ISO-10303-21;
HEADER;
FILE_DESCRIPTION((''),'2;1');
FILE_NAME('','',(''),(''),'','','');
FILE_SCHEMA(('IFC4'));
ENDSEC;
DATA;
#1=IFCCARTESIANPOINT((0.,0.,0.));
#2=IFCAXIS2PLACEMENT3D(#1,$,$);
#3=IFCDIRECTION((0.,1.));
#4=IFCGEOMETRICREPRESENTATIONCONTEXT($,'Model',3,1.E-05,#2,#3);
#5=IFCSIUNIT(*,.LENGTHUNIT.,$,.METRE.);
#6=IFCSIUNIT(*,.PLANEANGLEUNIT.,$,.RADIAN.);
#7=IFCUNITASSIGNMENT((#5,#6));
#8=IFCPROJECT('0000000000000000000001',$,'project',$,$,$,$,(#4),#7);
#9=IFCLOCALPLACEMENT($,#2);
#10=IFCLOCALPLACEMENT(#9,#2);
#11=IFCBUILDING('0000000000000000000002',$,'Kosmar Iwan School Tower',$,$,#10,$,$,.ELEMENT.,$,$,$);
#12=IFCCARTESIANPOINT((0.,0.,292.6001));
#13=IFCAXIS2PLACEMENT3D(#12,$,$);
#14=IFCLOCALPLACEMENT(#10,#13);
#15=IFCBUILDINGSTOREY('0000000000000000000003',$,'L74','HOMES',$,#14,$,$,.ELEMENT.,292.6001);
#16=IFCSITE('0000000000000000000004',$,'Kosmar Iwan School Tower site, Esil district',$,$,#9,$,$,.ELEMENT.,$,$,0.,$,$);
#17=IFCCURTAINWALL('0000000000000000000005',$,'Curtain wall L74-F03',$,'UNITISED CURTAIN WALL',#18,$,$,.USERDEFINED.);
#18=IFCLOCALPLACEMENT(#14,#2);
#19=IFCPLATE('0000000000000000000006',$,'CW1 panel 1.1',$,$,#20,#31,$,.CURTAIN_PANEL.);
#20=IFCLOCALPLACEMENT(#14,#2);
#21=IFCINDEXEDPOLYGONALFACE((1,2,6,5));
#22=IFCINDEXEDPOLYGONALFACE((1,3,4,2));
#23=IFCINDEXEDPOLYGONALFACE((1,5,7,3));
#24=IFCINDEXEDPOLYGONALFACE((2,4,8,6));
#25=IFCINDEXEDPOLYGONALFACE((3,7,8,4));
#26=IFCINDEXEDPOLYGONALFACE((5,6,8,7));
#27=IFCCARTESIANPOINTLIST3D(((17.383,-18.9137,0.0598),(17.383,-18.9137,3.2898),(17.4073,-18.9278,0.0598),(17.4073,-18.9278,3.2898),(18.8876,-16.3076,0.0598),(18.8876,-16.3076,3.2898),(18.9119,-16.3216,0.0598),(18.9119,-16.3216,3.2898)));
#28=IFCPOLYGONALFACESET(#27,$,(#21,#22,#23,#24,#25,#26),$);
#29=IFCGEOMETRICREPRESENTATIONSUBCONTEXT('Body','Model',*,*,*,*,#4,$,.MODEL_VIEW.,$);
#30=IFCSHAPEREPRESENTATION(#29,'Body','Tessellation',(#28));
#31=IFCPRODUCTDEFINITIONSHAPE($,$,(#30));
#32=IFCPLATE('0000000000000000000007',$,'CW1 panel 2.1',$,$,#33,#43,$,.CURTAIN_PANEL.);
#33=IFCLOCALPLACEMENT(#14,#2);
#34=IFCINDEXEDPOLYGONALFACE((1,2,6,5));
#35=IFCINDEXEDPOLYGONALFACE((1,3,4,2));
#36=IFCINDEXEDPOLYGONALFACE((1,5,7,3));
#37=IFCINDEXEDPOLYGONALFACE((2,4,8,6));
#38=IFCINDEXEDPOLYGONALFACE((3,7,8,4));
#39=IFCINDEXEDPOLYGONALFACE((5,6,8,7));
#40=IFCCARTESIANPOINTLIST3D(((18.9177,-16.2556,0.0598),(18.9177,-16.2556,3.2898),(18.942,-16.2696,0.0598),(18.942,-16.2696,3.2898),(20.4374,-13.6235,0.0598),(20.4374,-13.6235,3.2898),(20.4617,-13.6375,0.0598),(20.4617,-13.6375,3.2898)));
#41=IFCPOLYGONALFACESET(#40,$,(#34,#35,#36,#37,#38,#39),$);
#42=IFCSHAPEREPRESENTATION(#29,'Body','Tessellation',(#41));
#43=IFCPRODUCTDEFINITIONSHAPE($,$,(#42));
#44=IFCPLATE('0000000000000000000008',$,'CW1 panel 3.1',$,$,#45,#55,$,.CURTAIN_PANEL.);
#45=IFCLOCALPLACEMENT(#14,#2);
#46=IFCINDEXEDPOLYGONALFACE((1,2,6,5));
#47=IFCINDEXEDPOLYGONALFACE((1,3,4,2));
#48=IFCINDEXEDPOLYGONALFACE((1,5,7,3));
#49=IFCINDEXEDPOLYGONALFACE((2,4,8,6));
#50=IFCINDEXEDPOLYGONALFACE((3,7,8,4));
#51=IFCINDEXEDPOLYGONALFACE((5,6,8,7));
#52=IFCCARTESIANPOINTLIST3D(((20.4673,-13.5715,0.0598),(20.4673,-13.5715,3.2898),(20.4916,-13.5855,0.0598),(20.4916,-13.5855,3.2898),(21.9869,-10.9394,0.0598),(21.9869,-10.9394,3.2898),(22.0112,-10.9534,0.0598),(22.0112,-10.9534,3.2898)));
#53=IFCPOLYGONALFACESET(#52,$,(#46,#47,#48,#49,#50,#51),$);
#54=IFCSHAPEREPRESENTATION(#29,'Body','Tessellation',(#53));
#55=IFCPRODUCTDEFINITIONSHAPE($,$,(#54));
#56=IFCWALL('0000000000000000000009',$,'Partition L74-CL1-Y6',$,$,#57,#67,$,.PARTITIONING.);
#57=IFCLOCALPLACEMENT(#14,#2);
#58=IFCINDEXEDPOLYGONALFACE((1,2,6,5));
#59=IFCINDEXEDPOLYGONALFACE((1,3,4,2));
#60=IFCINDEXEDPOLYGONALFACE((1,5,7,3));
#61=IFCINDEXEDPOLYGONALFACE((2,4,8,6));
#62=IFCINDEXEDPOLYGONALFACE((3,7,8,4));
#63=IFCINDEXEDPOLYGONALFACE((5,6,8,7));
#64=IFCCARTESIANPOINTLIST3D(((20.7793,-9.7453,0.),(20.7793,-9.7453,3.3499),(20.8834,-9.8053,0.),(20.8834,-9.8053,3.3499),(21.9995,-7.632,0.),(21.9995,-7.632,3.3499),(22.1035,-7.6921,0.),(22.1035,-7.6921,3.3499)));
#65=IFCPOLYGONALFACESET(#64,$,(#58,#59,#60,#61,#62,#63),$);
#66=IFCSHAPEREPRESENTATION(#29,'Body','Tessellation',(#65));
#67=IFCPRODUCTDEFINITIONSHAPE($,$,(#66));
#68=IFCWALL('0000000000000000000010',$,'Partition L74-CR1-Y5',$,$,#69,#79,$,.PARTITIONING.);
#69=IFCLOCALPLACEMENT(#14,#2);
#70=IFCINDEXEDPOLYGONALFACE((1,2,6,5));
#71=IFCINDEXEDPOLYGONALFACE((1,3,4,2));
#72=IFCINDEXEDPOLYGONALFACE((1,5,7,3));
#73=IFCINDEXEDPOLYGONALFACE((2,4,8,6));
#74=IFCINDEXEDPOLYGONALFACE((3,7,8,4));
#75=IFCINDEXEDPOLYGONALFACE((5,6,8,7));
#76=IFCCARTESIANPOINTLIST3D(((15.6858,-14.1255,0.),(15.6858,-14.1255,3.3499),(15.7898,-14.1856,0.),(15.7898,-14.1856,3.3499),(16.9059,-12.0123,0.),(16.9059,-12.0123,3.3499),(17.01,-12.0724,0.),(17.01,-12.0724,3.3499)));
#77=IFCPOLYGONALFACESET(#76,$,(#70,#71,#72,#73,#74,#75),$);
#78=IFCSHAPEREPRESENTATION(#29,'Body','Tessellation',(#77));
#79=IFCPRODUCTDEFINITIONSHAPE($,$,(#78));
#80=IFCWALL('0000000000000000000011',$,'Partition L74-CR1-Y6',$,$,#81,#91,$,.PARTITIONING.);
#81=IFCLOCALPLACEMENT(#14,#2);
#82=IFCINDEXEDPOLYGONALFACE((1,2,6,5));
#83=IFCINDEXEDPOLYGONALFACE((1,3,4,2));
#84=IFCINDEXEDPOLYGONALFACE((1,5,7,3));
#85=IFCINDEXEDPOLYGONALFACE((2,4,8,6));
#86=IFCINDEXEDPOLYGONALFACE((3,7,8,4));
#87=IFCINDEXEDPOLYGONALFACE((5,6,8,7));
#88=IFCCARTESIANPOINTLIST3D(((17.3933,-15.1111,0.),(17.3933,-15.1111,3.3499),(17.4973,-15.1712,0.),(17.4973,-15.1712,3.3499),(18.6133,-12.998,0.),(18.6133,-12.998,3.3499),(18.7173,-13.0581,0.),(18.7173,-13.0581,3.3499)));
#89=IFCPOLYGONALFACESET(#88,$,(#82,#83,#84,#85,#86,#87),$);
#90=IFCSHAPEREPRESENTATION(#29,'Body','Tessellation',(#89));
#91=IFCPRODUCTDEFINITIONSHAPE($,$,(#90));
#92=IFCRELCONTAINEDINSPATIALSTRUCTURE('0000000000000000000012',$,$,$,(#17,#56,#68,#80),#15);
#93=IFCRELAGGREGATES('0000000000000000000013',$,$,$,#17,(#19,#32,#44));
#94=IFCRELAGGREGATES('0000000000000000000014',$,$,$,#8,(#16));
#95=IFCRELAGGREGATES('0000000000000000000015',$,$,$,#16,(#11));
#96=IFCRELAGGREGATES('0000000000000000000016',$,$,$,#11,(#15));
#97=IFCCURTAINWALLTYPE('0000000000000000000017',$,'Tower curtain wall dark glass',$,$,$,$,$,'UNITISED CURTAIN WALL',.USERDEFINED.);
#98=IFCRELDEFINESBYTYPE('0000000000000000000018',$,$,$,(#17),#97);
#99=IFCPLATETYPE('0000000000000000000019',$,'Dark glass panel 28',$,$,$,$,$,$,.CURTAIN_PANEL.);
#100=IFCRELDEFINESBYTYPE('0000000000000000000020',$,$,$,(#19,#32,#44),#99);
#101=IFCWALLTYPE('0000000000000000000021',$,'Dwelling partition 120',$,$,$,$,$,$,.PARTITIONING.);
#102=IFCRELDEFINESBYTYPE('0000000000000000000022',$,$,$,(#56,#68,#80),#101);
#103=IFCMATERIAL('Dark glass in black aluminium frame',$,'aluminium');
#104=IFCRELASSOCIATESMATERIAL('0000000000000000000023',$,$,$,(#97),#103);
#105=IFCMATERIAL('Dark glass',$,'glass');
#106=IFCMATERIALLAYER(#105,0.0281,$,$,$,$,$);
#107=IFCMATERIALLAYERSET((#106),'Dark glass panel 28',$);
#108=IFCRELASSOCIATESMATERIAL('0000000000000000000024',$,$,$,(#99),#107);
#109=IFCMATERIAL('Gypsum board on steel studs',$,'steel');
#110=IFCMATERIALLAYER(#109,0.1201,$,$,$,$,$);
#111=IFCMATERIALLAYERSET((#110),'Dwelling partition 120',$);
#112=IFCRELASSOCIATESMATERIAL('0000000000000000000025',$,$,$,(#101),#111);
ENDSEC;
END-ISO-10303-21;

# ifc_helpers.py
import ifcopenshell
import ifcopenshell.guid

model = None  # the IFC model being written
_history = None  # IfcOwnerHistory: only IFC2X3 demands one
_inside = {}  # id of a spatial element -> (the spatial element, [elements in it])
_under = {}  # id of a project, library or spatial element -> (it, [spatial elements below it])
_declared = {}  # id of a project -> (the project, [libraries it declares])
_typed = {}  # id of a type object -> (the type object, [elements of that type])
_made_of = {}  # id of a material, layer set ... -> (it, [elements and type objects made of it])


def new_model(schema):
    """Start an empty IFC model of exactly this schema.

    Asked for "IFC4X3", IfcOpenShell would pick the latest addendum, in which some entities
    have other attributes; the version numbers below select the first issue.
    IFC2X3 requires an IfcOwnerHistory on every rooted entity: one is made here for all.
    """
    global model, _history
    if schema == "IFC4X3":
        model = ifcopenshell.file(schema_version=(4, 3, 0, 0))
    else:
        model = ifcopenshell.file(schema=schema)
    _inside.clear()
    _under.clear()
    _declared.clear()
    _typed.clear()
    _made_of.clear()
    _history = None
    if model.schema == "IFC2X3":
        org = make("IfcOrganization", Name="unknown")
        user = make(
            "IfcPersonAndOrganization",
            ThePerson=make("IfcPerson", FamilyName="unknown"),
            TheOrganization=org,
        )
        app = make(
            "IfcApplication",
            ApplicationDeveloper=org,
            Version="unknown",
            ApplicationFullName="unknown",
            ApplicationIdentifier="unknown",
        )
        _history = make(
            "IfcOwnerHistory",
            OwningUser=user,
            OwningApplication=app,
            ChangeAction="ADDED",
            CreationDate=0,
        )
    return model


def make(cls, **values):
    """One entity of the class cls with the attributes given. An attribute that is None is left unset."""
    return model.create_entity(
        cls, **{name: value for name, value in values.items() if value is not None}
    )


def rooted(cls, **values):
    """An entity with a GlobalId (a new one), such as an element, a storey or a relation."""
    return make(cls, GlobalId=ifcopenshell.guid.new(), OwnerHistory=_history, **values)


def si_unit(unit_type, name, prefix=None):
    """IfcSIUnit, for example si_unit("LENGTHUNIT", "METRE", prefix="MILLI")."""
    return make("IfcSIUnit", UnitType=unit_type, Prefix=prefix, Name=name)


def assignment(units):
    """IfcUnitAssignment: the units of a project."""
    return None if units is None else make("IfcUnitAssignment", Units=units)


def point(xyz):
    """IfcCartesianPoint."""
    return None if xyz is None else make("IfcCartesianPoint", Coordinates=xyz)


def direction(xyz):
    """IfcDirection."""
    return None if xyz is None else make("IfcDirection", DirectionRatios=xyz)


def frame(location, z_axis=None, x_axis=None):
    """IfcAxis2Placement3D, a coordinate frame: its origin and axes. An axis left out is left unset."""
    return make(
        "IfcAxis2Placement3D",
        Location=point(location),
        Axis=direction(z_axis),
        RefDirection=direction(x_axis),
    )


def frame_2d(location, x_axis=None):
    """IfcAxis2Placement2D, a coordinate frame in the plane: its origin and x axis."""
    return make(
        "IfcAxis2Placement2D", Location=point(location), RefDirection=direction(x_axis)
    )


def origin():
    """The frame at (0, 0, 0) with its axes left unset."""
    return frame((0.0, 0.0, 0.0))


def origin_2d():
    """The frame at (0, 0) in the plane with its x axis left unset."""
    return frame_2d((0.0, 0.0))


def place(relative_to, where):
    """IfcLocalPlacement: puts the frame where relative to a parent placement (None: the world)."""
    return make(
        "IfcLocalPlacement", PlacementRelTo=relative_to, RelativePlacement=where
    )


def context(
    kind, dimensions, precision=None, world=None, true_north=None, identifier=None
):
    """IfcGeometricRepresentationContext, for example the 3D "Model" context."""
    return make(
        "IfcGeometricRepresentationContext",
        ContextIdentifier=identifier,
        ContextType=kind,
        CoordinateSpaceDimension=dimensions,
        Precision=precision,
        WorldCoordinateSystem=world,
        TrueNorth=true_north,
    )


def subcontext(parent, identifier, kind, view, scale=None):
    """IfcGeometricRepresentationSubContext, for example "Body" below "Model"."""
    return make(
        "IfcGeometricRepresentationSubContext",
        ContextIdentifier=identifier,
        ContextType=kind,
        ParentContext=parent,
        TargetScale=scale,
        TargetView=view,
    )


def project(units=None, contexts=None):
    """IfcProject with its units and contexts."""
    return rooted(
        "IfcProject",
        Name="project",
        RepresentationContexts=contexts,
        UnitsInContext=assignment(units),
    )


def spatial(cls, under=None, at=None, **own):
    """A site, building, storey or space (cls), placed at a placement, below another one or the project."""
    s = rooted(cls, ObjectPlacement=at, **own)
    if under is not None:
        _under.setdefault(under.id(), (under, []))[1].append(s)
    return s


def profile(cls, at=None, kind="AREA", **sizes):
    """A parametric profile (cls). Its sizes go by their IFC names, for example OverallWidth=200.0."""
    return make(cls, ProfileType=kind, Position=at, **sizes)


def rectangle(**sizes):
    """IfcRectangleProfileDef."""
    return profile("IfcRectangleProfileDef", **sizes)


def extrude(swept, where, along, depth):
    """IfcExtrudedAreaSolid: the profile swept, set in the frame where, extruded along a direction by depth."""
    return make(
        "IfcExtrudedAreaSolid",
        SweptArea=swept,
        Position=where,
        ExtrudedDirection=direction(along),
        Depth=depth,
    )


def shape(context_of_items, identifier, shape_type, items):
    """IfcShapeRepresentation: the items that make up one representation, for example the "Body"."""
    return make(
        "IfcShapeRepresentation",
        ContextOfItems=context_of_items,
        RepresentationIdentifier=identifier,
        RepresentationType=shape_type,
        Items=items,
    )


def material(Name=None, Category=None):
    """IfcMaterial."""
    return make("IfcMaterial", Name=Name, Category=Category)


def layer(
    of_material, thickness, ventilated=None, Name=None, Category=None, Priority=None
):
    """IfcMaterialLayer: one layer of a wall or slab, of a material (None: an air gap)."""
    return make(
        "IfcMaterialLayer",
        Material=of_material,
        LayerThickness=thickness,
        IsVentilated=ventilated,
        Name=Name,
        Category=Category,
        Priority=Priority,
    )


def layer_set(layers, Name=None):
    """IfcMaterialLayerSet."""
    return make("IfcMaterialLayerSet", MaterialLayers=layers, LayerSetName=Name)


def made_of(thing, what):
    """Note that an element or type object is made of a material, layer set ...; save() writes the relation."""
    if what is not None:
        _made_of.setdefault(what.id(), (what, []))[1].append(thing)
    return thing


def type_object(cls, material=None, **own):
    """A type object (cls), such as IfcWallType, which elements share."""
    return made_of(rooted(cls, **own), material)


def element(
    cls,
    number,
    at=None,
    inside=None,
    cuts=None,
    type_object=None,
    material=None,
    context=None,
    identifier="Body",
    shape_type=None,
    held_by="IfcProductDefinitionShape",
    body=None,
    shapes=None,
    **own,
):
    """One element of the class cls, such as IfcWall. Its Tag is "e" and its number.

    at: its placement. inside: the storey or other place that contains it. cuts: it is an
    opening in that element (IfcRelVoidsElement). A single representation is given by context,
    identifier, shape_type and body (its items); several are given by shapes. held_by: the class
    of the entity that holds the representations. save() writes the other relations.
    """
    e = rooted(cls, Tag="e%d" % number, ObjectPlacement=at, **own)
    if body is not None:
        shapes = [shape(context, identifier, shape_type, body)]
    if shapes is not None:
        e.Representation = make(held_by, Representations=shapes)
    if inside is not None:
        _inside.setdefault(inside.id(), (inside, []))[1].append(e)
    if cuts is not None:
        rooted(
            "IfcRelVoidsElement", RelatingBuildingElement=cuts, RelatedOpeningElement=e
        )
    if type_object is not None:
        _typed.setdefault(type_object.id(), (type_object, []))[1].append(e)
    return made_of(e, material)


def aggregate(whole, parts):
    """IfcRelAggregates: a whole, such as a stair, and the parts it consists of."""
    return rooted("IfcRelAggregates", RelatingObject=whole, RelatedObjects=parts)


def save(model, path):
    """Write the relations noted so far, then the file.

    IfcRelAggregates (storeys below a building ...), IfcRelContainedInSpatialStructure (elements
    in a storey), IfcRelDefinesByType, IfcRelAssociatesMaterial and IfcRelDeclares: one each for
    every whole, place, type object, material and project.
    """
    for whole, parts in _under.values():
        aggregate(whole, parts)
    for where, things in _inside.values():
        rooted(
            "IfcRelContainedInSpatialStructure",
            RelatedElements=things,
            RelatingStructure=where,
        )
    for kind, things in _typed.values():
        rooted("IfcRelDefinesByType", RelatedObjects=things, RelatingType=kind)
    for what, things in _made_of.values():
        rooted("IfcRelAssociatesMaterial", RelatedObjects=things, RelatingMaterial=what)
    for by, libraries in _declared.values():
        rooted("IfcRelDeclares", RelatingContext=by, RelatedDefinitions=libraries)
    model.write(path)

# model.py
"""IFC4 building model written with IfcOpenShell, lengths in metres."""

from ifc_helpers import new_model, si_unit, direction, frame, frame_2d, origin, origin_2d, place, context, subcontext, project, spatial, rectangle, extrude, material, layer, layer_set, type_object, element, aggregate, save


model = new_model("IFC4")

# Units and contexts
model_context = context("Model", 3, precision=1e-05, world=origin(), true_north=direction((0.0, 1.0)))
body_context = subcontext(model_context, "Body", "Model", "MODEL_VIEW")
ifc_project = project(units=[si_unit("LENGTHUNIT", "METRE"), si_unit("PLANEANGLEUNIT", "RADIAN")], contexts=[model_context])

# Site, building, storey
site_placement = place(None, origin())
site = spatial("IfcSite", under=ifc_project, at=site_placement, Name="Kosmar Iwan School Tower site, Esil district", CompositionType="ELEMENT", RefElevation=0.0)
building_placement = place(site_placement, origin())
building = spatial("IfcBuilding", under=site, at=building_placement, Name="Kosmar Iwan School Tower", CompositionType="ELEMENT")
storey_placement = place(building_placement, frame((0.0, 0.0, 292.6001)))
storey = spatial("IfcBuildingStorey", under=building, at=storey_placement, Name="L74", Description="HOMES", CompositionType="ELEMENT", Elevation=292.6001)

# Curtain wall, plates
ifc_material_1 = material(Name="Dark glass in black aluminium frame", Category="aluminium")
curtain_wall_type_1 = type_object("IfcCurtainWallType", Name="Tower curtain wall dark glass", ElementType="UNITISED CURTAIN WALL", PredefinedType="USERDEFINED", material=ifc_material_1)
curtain_wall_1_placement = place(storey_placement, origin())
curtain_wall_1 = element("IfcCurtainWall", 1, at=curtain_wall_1_placement, inside=storey, type_object=curtain_wall_type_1, Name="Curtain wall L74-F03", ObjectType="UNITISED CURTAIN WALL", PredefinedType="USERDEFINED")
ifc_material_2 = material(Name="Dark glass", Category="glass")
ifc_layer_1 = layer(ifc_material_2, 0.0281)
ifc_layer_set_1 = layer_set([ifc_layer_1], Name="Dark glass panel 28")
plate_type = type_object("IfcPlateType", Name="Dark glass panel 28", PredefinedType="CURTAIN_PANEL", material=ifc_layer_set_1)
plate_1_placement = place(storey_placement, frame((18.1475, -17.6177, 0.0598), z_axis=(0.0, 0.0, 1.0), x_axis=(0.5, 0.866025, 0.0)))
plate_1 = element("IfcPlate", 2, at=plate_1_placement, type_object=plate_type, Name="CW1 panel 1.1", PredefinedType="CURTAIN_PANEL", context=body_context, shape_type="SweptSolid", body=[
    extrude(rectangle(XDim=3.0093, YDim=0.0281, at=origin_2d()), origin(), (0.0, 0.0, 1.0), 3.23),
])
plate_2_placement = place(storey_placement, frame((19.6897, -14.9465, 0.0598), z_axis=(0.0, 0.0, 1.0), x_axis=(0.5, 0.866025, 0.0)))
plate_2 = element("IfcPlate", 3, at=plate_2_placement, type_object=plate_type, Name="CW1 panel 2.1", PredefinedType="CURTAIN_PANEL", context=body_context, shape_type="SweptSolid", body=[
    extrude(rectangle(XDim=3.0393, YDim=0.0281, at=origin_2d()), origin(), (0.0, 0.0, 1.0), 3.23),
])
plate_3_placement = place(storey_placement, frame((21.2393, -12.2625, 0.0598), z_axis=(0.0, 0.0, 1.0), x_axis=(0.5, 0.866025, 0.0)))
plate_3 = element("IfcPlate", 4, at=plate_3_placement, type_object=plate_type, Name="CW1 panel 3.1", PredefinedType="CURTAIN_PANEL", context=body_context, shape_type="SweptSolid", body=[
    extrude(rectangle(XDim=3.0393, YDim=0.0281, at=origin_2d()), origin(), (0.0, 0.0, 1.0), 3.23),
])
aggregate(curtain_wall_1, [plate_1, plate_2, plate_3])

# Walls
ifc_material_3 = material(Name="Gypsum board on steel studs", Category="steel")
ifc_layer_2 = layer(ifc_material_3, 0.1201)
ifc_layer_set_2 = layer_set([ifc_layer_2], Name="Dwelling partition 120")
wall_type = type_object("IfcWallType", Name="Dwelling partition 120", PredefinedType="PARTITIONING", material=ifc_layer_set_2)
for number, where, z_axis, x_axis, name in (
    (5, (20.8313, -9.7754, 0.0), (0.0, 0.0, 1.0), (0.500034, 0.866006, 0.0), "Partition L74-CL1-Y6"),
    (6, (16.958, -12.0422, 0.0), (0.0, 0.0, 1.0), (-0.500034, -0.866006, 0.0), "Partition L74-CR1-Y5"),
):
    element("IfcWall", number, at=place(storey_placement, frame(where, z_axis=z_axis, x_axis=x_axis)), inside=storey, type_object=wall_type, Name=name, PredefinedType="PARTITIONING", context=body_context, shape_type="SweptSolid", body=[
        extrude(rectangle(XDim=2.4402, YDim=0.1201, at=frame_2d((1.2202, 0.0))), origin(), (0.0, 0.0, 1.0), 3.3499),
    ])
wall_placement = place(storey_placement, frame((18.6653, -13.0281, 0.0), z_axis=(0.0, 0.0, 1.0), x_axis=(-0.500003, -0.866024, 0.0)))
element("IfcWall", 7, at=wall_placement, inside=storey, type_object=wall_type, Name="Partition L74-CR1-Y6", PredefinedType="PARTITIONING", context=body_context, shape_type="SweptSolid", body=[
    extrude(rectangle(XDim=2.4399, YDim=0.1201, at=frame_2d((1.22, 0.0))), origin(), (0.0, 0.0, 1.0), 3.3499),
])

save(model, "model.ifc")
